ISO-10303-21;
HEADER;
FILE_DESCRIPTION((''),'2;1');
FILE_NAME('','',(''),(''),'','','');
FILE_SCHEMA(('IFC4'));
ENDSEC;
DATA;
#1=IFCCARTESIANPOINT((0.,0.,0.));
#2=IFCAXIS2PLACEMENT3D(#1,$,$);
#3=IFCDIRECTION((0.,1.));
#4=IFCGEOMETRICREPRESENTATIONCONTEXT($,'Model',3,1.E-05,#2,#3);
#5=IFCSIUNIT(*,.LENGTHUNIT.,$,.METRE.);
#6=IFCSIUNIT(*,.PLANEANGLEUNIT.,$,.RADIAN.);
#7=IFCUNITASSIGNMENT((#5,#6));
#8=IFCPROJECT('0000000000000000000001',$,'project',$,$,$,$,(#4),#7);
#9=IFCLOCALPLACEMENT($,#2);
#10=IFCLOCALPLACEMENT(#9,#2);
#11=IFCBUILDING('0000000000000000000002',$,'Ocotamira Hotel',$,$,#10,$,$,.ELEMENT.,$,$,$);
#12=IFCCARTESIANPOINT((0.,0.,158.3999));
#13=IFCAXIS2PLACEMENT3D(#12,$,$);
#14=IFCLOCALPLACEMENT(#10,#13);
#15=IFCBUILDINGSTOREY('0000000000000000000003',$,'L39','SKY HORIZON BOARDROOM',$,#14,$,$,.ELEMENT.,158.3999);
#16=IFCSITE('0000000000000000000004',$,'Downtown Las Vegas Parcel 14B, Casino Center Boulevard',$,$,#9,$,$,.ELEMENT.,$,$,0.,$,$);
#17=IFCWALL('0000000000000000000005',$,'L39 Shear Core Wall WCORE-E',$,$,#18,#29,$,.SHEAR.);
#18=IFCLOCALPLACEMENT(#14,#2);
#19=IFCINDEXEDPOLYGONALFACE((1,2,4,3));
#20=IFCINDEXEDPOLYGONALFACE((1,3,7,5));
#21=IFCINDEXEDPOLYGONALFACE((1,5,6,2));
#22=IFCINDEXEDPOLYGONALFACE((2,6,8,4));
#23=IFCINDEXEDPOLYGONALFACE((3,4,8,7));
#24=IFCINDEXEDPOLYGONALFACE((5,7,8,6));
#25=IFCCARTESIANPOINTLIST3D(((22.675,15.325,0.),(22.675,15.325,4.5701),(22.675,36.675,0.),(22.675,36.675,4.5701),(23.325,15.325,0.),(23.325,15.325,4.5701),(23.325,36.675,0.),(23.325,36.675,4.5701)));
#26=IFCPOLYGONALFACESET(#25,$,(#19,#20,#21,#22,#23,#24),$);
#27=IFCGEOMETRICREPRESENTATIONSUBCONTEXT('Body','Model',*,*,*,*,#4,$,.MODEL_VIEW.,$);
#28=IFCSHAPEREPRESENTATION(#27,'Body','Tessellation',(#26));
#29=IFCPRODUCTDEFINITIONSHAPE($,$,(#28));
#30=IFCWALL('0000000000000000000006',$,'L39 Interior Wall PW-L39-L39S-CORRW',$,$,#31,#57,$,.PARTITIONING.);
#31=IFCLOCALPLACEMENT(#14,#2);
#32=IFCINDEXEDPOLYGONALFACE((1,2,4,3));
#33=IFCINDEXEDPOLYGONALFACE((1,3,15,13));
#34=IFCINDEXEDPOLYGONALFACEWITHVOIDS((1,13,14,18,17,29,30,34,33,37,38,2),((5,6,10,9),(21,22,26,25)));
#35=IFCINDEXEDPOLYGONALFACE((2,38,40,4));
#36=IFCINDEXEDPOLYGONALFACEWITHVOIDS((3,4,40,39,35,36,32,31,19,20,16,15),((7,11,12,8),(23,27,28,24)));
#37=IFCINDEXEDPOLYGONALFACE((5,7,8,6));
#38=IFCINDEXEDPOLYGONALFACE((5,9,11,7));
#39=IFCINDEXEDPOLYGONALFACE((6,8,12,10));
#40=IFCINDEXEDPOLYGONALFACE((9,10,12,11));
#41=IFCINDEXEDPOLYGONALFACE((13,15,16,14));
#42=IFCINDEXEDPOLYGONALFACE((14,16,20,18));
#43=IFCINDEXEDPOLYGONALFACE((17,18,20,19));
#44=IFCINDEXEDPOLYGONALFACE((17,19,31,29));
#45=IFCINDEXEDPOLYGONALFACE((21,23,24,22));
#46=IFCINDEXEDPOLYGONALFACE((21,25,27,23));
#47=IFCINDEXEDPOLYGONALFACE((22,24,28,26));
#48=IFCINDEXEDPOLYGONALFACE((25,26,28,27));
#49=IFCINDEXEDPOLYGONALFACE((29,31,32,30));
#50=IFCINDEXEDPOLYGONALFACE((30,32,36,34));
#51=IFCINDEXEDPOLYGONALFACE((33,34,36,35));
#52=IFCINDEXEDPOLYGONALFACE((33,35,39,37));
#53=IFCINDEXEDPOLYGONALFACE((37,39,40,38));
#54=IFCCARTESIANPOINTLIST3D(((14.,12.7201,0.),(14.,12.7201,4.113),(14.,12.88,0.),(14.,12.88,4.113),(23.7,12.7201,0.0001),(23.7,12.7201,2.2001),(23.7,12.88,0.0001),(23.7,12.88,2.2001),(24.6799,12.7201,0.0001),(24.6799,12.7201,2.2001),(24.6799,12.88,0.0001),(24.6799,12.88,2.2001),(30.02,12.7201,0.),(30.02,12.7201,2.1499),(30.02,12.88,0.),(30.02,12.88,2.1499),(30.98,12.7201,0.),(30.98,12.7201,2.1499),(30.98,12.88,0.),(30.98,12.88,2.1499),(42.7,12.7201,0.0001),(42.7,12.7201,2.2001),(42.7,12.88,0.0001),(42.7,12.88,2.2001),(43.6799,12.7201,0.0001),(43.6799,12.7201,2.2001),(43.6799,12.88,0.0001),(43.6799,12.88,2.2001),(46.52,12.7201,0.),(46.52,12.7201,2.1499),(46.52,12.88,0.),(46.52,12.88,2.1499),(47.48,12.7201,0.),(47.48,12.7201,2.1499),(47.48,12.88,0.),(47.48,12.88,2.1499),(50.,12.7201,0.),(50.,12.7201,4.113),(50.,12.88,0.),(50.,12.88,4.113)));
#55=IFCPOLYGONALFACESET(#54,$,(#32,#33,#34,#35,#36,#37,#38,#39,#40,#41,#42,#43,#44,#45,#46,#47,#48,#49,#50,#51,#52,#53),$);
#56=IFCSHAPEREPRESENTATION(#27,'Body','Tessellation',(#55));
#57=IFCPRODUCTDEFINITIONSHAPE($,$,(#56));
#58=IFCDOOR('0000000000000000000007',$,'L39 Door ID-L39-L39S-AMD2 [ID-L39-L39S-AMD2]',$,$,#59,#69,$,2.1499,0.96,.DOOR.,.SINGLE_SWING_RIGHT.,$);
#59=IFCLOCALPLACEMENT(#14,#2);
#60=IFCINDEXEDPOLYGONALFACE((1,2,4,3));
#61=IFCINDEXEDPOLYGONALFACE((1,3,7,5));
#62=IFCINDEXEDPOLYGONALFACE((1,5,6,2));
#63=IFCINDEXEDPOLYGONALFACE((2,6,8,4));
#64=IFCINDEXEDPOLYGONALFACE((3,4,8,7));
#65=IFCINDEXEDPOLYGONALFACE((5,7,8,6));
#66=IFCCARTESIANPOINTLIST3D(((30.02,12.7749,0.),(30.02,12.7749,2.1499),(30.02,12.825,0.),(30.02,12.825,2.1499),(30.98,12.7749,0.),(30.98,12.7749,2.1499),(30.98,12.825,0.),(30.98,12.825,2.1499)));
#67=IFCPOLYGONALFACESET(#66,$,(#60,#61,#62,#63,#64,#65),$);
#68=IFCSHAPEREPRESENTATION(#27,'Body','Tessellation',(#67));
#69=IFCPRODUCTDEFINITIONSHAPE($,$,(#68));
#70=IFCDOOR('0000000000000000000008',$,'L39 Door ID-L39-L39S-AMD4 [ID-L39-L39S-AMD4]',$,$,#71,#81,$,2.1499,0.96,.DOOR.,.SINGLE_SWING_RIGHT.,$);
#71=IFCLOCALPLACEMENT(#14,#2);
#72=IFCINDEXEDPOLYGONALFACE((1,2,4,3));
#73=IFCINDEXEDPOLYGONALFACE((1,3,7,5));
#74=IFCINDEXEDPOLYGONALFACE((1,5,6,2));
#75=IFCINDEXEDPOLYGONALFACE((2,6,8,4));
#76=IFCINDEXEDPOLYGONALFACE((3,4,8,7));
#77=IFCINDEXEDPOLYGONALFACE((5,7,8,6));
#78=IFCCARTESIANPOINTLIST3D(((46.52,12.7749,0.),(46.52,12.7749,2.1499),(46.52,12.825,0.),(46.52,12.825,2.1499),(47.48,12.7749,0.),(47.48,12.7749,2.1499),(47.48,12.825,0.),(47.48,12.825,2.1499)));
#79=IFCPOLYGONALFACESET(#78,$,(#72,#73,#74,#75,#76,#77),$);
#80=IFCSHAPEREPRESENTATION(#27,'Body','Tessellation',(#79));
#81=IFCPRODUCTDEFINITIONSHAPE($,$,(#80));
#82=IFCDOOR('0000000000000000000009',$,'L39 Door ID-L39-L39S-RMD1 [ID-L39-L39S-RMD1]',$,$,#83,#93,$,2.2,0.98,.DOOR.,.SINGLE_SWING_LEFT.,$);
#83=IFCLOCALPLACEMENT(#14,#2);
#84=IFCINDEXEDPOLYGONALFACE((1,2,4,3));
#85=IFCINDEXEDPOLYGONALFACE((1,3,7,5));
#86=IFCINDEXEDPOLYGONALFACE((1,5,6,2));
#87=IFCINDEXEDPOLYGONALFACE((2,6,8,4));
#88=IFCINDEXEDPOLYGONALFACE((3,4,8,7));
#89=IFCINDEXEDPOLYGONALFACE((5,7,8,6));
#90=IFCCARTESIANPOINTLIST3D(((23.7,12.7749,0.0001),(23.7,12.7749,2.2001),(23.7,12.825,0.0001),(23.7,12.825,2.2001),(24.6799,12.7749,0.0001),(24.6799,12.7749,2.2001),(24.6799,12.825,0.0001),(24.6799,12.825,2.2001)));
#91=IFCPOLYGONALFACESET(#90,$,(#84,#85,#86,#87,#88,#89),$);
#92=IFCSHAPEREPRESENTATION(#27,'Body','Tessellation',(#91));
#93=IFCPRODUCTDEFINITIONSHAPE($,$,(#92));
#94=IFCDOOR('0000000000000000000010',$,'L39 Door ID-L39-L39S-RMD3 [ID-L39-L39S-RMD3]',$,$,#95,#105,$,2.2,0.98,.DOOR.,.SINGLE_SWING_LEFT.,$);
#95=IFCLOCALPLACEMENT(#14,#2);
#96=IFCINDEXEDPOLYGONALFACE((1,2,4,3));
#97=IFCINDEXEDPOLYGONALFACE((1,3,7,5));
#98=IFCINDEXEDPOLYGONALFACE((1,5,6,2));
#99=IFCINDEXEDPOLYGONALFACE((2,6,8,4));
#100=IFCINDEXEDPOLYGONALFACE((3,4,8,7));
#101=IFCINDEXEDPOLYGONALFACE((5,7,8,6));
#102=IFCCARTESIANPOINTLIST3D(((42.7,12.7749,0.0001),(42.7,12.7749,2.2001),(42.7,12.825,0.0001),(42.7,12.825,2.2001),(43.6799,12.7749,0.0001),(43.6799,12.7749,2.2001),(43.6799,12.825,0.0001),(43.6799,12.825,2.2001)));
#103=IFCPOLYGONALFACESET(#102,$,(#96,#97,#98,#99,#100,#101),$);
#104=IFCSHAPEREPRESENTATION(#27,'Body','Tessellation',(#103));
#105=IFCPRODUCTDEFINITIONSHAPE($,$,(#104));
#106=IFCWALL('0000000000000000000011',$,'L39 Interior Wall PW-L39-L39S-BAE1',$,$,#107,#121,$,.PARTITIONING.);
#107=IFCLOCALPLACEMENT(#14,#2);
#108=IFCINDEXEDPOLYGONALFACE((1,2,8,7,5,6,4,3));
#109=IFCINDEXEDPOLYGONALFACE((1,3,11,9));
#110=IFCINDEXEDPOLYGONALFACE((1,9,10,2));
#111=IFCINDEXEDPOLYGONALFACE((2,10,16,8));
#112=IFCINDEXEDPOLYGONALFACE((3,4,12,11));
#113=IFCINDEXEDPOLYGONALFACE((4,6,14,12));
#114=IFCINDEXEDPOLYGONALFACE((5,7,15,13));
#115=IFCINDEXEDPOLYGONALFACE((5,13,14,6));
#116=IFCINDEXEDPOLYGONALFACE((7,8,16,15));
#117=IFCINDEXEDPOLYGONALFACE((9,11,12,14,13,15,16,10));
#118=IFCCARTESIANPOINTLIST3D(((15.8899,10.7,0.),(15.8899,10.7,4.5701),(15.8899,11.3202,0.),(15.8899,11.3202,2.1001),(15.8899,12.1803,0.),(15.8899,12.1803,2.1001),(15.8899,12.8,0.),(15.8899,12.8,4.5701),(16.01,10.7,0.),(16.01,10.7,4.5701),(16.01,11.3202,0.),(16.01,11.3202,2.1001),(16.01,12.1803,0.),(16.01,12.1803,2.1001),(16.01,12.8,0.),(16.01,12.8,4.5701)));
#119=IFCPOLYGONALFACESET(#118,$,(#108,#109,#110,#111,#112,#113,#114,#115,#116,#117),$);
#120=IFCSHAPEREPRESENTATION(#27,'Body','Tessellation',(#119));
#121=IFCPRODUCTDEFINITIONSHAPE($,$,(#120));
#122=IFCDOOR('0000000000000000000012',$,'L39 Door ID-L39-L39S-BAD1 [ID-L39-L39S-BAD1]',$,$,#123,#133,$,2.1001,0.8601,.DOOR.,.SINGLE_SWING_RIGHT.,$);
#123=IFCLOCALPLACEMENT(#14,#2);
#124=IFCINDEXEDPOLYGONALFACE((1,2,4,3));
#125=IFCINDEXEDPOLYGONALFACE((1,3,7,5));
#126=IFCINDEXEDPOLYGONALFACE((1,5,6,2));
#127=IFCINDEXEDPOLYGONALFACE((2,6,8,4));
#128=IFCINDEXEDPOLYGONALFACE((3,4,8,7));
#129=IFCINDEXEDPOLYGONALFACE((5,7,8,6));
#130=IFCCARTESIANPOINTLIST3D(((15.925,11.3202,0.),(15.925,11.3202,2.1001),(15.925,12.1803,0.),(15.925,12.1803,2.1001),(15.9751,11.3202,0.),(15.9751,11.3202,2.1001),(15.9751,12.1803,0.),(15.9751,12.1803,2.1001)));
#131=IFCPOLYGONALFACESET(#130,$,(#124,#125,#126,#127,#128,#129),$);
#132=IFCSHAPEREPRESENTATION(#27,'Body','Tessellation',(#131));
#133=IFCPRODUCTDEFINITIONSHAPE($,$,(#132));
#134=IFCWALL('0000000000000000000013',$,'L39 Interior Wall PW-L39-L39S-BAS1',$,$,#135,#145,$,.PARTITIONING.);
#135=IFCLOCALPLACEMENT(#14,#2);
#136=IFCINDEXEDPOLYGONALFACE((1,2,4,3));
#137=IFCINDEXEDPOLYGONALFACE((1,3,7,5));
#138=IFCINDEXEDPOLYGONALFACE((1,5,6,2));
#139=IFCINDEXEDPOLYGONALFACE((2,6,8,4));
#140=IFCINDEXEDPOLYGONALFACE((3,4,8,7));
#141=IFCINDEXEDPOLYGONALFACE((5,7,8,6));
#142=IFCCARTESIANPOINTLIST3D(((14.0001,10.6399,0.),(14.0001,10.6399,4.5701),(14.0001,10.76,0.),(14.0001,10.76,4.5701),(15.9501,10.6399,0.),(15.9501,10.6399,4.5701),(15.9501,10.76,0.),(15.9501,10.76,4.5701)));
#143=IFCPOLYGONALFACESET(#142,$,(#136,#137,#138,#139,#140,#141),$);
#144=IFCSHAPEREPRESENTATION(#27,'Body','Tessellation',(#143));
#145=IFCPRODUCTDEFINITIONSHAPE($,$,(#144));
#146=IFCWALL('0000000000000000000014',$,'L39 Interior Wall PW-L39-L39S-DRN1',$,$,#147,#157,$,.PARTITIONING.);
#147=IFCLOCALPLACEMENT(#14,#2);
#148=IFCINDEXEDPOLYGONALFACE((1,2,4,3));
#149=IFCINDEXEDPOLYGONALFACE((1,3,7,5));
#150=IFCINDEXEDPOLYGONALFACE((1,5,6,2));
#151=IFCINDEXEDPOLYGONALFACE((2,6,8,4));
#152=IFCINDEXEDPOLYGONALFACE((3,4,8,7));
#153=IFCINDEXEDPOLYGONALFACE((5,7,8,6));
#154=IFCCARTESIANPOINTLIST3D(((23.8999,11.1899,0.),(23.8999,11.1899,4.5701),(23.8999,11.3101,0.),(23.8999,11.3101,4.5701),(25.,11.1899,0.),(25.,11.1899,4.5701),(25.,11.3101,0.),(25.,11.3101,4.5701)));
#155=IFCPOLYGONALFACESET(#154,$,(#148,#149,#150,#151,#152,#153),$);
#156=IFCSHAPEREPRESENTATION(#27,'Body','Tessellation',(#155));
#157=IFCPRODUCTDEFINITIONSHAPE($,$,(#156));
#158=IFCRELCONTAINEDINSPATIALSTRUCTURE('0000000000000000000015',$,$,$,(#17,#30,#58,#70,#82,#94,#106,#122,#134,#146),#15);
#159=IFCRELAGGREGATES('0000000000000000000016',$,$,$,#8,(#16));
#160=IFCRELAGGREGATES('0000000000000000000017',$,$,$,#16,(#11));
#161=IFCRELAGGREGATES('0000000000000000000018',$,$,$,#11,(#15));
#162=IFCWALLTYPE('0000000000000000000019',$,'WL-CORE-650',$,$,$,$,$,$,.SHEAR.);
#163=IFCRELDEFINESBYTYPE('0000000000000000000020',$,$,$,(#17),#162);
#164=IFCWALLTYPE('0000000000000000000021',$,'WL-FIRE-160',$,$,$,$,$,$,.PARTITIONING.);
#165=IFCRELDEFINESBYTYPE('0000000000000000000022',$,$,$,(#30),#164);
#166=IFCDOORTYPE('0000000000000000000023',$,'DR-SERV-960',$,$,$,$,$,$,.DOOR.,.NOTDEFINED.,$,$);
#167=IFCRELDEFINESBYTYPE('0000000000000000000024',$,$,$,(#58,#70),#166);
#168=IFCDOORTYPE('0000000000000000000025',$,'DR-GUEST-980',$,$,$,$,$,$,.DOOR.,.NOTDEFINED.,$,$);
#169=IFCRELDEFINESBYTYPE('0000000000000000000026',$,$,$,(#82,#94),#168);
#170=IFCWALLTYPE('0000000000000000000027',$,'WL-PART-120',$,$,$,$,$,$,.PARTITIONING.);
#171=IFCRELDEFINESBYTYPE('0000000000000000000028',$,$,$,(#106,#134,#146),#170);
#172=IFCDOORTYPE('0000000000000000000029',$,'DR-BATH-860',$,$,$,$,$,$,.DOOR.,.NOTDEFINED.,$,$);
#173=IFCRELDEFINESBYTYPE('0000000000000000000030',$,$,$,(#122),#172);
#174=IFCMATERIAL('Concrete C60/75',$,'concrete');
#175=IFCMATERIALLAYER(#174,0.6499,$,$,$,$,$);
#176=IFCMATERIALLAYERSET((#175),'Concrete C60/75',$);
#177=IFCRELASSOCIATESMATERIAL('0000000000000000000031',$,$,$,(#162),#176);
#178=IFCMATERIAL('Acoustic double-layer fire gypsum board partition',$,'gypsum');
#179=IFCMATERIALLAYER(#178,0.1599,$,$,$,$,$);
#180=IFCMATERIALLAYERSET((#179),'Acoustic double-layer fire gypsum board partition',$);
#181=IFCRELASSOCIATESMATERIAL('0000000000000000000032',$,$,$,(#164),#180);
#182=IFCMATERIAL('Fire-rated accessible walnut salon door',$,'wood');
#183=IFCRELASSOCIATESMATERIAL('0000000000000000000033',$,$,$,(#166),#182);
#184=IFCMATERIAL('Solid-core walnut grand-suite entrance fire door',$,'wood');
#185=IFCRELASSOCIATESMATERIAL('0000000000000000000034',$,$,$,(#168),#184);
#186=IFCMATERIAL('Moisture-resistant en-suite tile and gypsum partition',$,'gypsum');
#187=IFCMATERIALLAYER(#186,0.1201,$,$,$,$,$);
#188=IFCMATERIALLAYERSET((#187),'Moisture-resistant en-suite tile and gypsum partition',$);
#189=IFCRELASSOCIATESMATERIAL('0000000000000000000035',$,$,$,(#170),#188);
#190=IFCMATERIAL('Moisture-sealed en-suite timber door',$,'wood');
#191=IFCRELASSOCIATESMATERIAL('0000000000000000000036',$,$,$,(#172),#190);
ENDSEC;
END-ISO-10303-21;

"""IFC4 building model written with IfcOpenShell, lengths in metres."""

from ifc_helpers import new_model, si_unit, direction, frame, frame_2d, origin, place, context, subcontext, project, spatial, rectangle, extrude, source, transform, mapped, material, layer, layer_set, type_object, element, fill, save


model = new_model("IFC4")

# Units and contexts
model_context = context("Model", 3, precision=1e-05, world=origin(), true_north=direction((0.0, 1.0)))
body_context = subcontext(model_context, "Body", "Model", "MODEL_VIEW")
ifc_project = project(units=[si_unit("LENGTHUNIT", "METRE"), si_unit("PLANEANGLEUNIT", "RADIAN")], contexts=[model_context])

# Site, building, storey
site_placement = place(None, origin())
site = spatial("IfcSite", under=ifc_project, at=site_placement, Name="Downtown Las Vegas Parcel 14B, Casino Center Boulevard", CompositionType="ELEMENT", RefElevation=0.0)
building_placement = place(site_placement, origin())
building = spatial("IfcBuilding", under=site, at=building_placement, Name="Ocotamira Hotel", CompositionType="ELEMENT")
storey_placement = place(building_placement, frame((0.0, 0.0, 158.3999)))
storey = spatial("IfcBuildingStorey", under=building, at=storey_placement, Name="L39", Description="SKY HORIZON BOARDROOM", CompositionType="ELEMENT", Elevation=158.3999)

# Wall
ifc_material_1 = material(Name="Concrete C60/75", Category="concrete")
ifc_layer_1 = layer(ifc_material_1, 0.6499)
ifc_layer_set_1 = layer_set([ifc_layer_1], Name="Concrete C60/75")
wall_type_1 = type_object("IfcWallType", Name="WL-CORE-650", PredefinedType="SHEAR", material=ifc_layer_set_1)
wall_1_placement = place(storey_placement, frame((23.0, 15.325, 0.0), z_axis=(0.0, 0.0, 1.0), x_axis=(0.0, 1.0, 0.0)))
element("IfcWall", 1, at=wall_1_placement, inside=storey, type_object=wall_type_1, Name="L39 Shear Core Wall WCORE-E", PredefinedType="SHEAR", context=body_context, shape_type="SweptSolid", body=[
    extrude(rectangle(XDim=21.3501, YDim=0.6499, at=frame_2d((10.675, 0.0))), origin(), (0.0, 0.0, 1.0), 4.5701),
])

# Wall, openings, doors
ifc_material_2 = material(Name="Acoustic double-layer fire gypsum board partition", Category="gypsum")
ifc_layer_2 = layer(ifc_material_2, 0.1599)
ifc_layer_set_2 = layer_set([ifc_layer_2], Name="Acoustic double-layer fire gypsum board partition")
wall_type_2 = type_object("IfcWallType", Name="WL-FIRE-160", PredefinedType="PARTITIONING", material=ifc_layer_set_2)
wall_2_placement = place(storey_placement, frame((14.0, 12.8, 0.0), z_axis=(0.0, 0.0, 1.0), x_axis=(1.0, 0.0, 0.0)))
wall_2 = element("IfcWall", 2, at=wall_2_placement, inside=storey, type_object=wall_type_2, Name="L39 Interior Wall PW-L39-L39S-CORRW", PredefinedType="PARTITIONING", context=body_context, shape_type="SweptSolid", body=[
    extrude(rectangle(XDim=36.0, YDim=0.1599, at=frame_2d((18.0, 0.0))), origin(), (0.0, 0.0, 1.0), 4.113),
])
opening_1_placement = place(wall_2_placement, frame((9.7, 0.0, 0.0)))
opening_1 = element("IfcOpeningElement", 3, at=opening_1_placement, cuts=wall_2, PredefinedType="OPENING", context=body_context, shape_type="SweptSolid", body=[
    extrude(rectangle(XDim=0.98, YDim=2.2, at=frame_2d((0.49, 1.1001))), frame((0.0, 0.0898, 0.0), z_axis=(0.0, -1.0, 0.0), x_axis=(1.0, 0.0, 0.0)), (0.0, 0.0, 1.0), 0.1799),
])
opening_2_placement = place(wall_2_placement, frame((16.02, 0.0, 0.0)))
opening_2 = element("IfcOpeningElement", 4, at=opening_2_placement, cuts=wall_2, PredefinedType="OPENING", context=body_context, shape_type="SweptSolid", body=[
    extrude(rectangle(XDim=0.96, YDim=2.1499, at=frame_2d((0.48, 1.075))), frame((0.0, 0.0898, 0.0), z_axis=(0.0, -1.0, 0.0), x_axis=(1.0, 0.0, 0.0)), (0.0, 0.0, 1.0), 0.1799),
])
opening_3_placement = place(wall_2_placement, frame((28.7, 0.0, 0.0)))
opening_3 = element("IfcOpeningElement", 5, at=opening_3_placement, cuts=wall_2, PredefinedType="OPENING", context=body_context, shape_type="SweptSolid", body=[
    extrude(rectangle(XDim=0.98, YDim=2.2, at=frame_2d((0.49, 1.1001))), frame((0.0, 0.0898, 0.0), z_axis=(0.0, -1.0, 0.0), x_axis=(1.0, 0.0, 0.0)), (0.0, 0.0, 1.0), 0.1799),
])
opening_4_placement = place(wall_2_placement, frame((32.52, 0.0, 0.0)))
opening_4 = element("IfcOpeningElement", 6, at=opening_4_placement, cuts=wall_2, PredefinedType="OPENING", context=body_context, shape_type="SweptSolid", body=[
    extrude(rectangle(XDim=0.96, YDim=2.1499, at=frame_2d((0.48, 1.075))), frame((0.0, 0.0898, 0.0), z_axis=(0.0, -1.0, 0.0), x_axis=(1.0, 0.0, 0.0)), (0.0, 0.0, 1.0), 0.1799),
])
ifc_material_3 = material(Name="Fire-rated accessible walnut salon door", Category="wood")
door_type_1 = type_object("IfcDoorType", Name="DR-SERV-960", OperationType="NOTDEFINED", PredefinedType="DOOR", material=ifc_material_3)
shared_shape_1 = source(origin(), body_context, "Body", "SweptSolid", [
    extrude(rectangle(XDim=0.96, YDim=2.1499, at=frame_2d((0.48, 1.075))), frame((0.0, 0.0249, 0.0), z_axis=(0.0, -1.0, 0.0), x_axis=(1.0, 0.0, 0.0)), (0.0, 0.0, 1.0), 0.05),
])
door_1_placement = place(opening_2_placement, origin())
door_1 = element("IfcDoor", 7, at=door_1_placement, inside=storey, type_object=door_type_1, Name="L39 Door ID-L39-L39S-AMD2 [ID-L39-L39S-AMD2]", OperationType="SINGLE_SWING_RIGHT", OverallHeight=2.1499, OverallWidth=0.96, PredefinedType="DOOR", context=body_context, shape_type="MappedRepresentation", body=[
    mapped(shared_shape_1, transform((0.0, 0.0, 0.0), scale=1.0)),
])
fill(opening_2, door_1)
door_2_placement = place(opening_4_placement, origin())
door_2 = element("IfcDoor", 8, at=door_2_placement, inside=storey, type_object=door_type_1, Name="L39 Door ID-L39-L39S-AMD4 [ID-L39-L39S-AMD4]", OperationType="SINGLE_SWING_RIGHT", OverallHeight=2.1499, OverallWidth=0.96, PredefinedType="DOOR", context=body_context, shape_type="MappedRepresentation", body=[
    mapped(shared_shape_1, transform((0.0, 0.0, 0.0), scale=1.0)),
])
fill(opening_4, door_2)
ifc_material_4 = material(Name="Solid-core walnut grand-suite entrance fire door", Category="wood")
door_type_2 = type_object("IfcDoorType", Name="DR-GUEST-980", OperationType="NOTDEFINED", PredefinedType="DOOR", material=ifc_material_4)
shared_shape_2 = source(origin(), body_context, "Body", "SweptSolid", [
    extrude(rectangle(XDim=0.98, YDim=2.2, at=frame_2d((0.49, 1.1001))), frame((0.0, 0.0249, 0.0), z_axis=(0.0, -1.0, 0.0), x_axis=(1.0, 0.0, 0.0)), (0.0, 0.0, 1.0), 0.05),
])
door_3_placement = place(opening_1_placement, origin())
door_3 = element("IfcDoor", 9, at=door_3_placement, inside=storey, type_object=door_type_2, Name="L39 Door ID-L39-L39S-RMD1 [ID-L39-L39S-RMD1]", OperationType="SINGLE_SWING_LEFT", OverallHeight=2.2, OverallWidth=0.98, PredefinedType="DOOR", context=body_context, shape_type="MappedRepresentation", body=[
    mapped(shared_shape_2, transform((0.0, 0.0, 0.0), scale=1.0)),
])
fill(opening_1, door_3)
door_4_placement = place(opening_3_placement, origin())
door_4 = element("IfcDoor", 10, at=door_4_placement, inside=storey, type_object=door_type_2, Name="L39 Door ID-L39-L39S-RMD3 [ID-L39-L39S-RMD3]", OperationType="SINGLE_SWING_LEFT", OverallHeight=2.2, OverallWidth=0.98, PredefinedType="DOOR", context=body_context, shape_type="MappedRepresentation", body=[
    mapped(shared_shape_2, transform((0.0, 0.0, 0.0), scale=1.0)),
])
fill(opening_3, door_4)

# Wall, opening, door
ifc_material_5 = material(Name="Moisture-resistant en-suite tile and gypsum partition", Category="gypsum")
ifc_layer_3 = layer(ifc_material_5, 0.1201)
ifc_layer_set_3 = layer_set([ifc_layer_3], Name="Moisture-resistant en-suite tile and gypsum partition")
wall_type_3 = type_object("IfcWallType", Name="WL-PART-120", PredefinedType="PARTITIONING", material=ifc_layer_set_3)
wall_3_placement = place(storey_placement, frame((15.95, 10.7, 0.0), z_axis=(0.0, 0.0, 1.0), x_axis=(0.0, 1.0, 0.0)))
wall_3 = element("IfcWall", 11, at=wall_3_placement, inside=storey, type_object=wall_type_3, Name="L39 Interior Wall PW-L39-L39S-BAE1", PredefinedType="PARTITIONING", context=body_context, shape_type="SweptSolid", body=[
    extrude(rectangle(XDim=2.1001, YDim=0.1201, at=frame_2d((1.05, 0.0))), origin(), (0.0, 0.0, 1.0), 4.5701),
])
opening_5_placement = place(wall_3_placement, frame((0.6201, 0.0, 0.0)))
opening_5 = element("IfcOpeningElement", 12, at=opening_5_placement, cuts=wall_3, PredefinedType="OPENING", context=body_context, shape_type="SweptSolid", body=[
    extrude(rectangle(XDim=0.8601, YDim=2.1001, at=frame_2d((0.4302, 1.05))), frame((0.0, 0.0701, 0.0), z_axis=(0.0, -1.0, 0.0), x_axis=(1.0, 0.0, 0.0)), (0.0, 0.0, 1.0), 0.1401),
])
ifc_material_6 = material(Name="Moisture-sealed en-suite timber door", Category="wood")
door_type_3 = type_object("IfcDoorType", Name="DR-BATH-860", OperationType="NOTDEFINED", PredefinedType="DOOR", material=ifc_material_6)
shared_shape_3 = source(origin(), body_context, "Body", "SweptSolid", [
    extrude(rectangle(XDim=0.8601, YDim=2.1001, at=frame_2d((0.4302, 1.05))), frame((0.0, 0.0249, 0.0), z_axis=(0.0, -1.0, 0.0), x_axis=(1.0, 0.0, 0.0)), (0.0, 0.0, 1.0), 0.05),
])
door_5_placement = place(opening_5_placement, origin())
door_5 = element("IfcDoor", 13, at=door_5_placement, inside=storey, type_object=door_type_3, Name="L39 Door ID-L39-L39S-BAD1 [ID-L39-L39S-BAD1]", OperationType="SINGLE_SWING_RIGHT", OverallHeight=2.1001, OverallWidth=0.8601, PredefinedType="DOOR", context=body_context, shape_type="MappedRepresentation", body=[
    mapped(shared_shape_3, transform((0.0, 0.0, 0.0), scale=1.0)),
])
fill(opening_5, door_5)

# Walls
wall_4_placement = place(storey_placement, frame((14.0, 10.7, 0.0), z_axis=(0.0, 0.0, 1.0), x_axis=(1.0, 0.0, 0.0)))
element("IfcWall", 14, at=wall_4_placement, inside=storey, type_object=wall_type_3, Name="L39 Interior Wall PW-L39-L39S-BAS1", PredefinedType="PARTITIONING", context=body_context, shape_type="SweptSolid", body=[
    extrude(rectangle(XDim=1.95, YDim=0.1201, at=frame_2d((0.9751, 0.0))), origin(), (0.0, 0.0, 1.0), 4.5701),
])
wall_5_placement = place(storey_placement, frame((23.8999, 11.25, 0.0), z_axis=(0.0, 0.0, 1.0), x_axis=(1.0, 0.0, 0.0)))
element("IfcWall", 15, at=wall_5_placement, inside=storey, type_object=wall_type_3, Name="L39 Interior Wall PW-L39-L39S-DRN1", PredefinedType="PARTITIONING", context=body_context, shape_type="SweptSolid", body=[
    extrude(rectangle(XDim=1.1001, YDim=0.1201, at=frame_2d((0.55, 0.0))), origin(), (0.0, 0.0, 1.0), 4.5701),
])

save(model, "model.ifc")
